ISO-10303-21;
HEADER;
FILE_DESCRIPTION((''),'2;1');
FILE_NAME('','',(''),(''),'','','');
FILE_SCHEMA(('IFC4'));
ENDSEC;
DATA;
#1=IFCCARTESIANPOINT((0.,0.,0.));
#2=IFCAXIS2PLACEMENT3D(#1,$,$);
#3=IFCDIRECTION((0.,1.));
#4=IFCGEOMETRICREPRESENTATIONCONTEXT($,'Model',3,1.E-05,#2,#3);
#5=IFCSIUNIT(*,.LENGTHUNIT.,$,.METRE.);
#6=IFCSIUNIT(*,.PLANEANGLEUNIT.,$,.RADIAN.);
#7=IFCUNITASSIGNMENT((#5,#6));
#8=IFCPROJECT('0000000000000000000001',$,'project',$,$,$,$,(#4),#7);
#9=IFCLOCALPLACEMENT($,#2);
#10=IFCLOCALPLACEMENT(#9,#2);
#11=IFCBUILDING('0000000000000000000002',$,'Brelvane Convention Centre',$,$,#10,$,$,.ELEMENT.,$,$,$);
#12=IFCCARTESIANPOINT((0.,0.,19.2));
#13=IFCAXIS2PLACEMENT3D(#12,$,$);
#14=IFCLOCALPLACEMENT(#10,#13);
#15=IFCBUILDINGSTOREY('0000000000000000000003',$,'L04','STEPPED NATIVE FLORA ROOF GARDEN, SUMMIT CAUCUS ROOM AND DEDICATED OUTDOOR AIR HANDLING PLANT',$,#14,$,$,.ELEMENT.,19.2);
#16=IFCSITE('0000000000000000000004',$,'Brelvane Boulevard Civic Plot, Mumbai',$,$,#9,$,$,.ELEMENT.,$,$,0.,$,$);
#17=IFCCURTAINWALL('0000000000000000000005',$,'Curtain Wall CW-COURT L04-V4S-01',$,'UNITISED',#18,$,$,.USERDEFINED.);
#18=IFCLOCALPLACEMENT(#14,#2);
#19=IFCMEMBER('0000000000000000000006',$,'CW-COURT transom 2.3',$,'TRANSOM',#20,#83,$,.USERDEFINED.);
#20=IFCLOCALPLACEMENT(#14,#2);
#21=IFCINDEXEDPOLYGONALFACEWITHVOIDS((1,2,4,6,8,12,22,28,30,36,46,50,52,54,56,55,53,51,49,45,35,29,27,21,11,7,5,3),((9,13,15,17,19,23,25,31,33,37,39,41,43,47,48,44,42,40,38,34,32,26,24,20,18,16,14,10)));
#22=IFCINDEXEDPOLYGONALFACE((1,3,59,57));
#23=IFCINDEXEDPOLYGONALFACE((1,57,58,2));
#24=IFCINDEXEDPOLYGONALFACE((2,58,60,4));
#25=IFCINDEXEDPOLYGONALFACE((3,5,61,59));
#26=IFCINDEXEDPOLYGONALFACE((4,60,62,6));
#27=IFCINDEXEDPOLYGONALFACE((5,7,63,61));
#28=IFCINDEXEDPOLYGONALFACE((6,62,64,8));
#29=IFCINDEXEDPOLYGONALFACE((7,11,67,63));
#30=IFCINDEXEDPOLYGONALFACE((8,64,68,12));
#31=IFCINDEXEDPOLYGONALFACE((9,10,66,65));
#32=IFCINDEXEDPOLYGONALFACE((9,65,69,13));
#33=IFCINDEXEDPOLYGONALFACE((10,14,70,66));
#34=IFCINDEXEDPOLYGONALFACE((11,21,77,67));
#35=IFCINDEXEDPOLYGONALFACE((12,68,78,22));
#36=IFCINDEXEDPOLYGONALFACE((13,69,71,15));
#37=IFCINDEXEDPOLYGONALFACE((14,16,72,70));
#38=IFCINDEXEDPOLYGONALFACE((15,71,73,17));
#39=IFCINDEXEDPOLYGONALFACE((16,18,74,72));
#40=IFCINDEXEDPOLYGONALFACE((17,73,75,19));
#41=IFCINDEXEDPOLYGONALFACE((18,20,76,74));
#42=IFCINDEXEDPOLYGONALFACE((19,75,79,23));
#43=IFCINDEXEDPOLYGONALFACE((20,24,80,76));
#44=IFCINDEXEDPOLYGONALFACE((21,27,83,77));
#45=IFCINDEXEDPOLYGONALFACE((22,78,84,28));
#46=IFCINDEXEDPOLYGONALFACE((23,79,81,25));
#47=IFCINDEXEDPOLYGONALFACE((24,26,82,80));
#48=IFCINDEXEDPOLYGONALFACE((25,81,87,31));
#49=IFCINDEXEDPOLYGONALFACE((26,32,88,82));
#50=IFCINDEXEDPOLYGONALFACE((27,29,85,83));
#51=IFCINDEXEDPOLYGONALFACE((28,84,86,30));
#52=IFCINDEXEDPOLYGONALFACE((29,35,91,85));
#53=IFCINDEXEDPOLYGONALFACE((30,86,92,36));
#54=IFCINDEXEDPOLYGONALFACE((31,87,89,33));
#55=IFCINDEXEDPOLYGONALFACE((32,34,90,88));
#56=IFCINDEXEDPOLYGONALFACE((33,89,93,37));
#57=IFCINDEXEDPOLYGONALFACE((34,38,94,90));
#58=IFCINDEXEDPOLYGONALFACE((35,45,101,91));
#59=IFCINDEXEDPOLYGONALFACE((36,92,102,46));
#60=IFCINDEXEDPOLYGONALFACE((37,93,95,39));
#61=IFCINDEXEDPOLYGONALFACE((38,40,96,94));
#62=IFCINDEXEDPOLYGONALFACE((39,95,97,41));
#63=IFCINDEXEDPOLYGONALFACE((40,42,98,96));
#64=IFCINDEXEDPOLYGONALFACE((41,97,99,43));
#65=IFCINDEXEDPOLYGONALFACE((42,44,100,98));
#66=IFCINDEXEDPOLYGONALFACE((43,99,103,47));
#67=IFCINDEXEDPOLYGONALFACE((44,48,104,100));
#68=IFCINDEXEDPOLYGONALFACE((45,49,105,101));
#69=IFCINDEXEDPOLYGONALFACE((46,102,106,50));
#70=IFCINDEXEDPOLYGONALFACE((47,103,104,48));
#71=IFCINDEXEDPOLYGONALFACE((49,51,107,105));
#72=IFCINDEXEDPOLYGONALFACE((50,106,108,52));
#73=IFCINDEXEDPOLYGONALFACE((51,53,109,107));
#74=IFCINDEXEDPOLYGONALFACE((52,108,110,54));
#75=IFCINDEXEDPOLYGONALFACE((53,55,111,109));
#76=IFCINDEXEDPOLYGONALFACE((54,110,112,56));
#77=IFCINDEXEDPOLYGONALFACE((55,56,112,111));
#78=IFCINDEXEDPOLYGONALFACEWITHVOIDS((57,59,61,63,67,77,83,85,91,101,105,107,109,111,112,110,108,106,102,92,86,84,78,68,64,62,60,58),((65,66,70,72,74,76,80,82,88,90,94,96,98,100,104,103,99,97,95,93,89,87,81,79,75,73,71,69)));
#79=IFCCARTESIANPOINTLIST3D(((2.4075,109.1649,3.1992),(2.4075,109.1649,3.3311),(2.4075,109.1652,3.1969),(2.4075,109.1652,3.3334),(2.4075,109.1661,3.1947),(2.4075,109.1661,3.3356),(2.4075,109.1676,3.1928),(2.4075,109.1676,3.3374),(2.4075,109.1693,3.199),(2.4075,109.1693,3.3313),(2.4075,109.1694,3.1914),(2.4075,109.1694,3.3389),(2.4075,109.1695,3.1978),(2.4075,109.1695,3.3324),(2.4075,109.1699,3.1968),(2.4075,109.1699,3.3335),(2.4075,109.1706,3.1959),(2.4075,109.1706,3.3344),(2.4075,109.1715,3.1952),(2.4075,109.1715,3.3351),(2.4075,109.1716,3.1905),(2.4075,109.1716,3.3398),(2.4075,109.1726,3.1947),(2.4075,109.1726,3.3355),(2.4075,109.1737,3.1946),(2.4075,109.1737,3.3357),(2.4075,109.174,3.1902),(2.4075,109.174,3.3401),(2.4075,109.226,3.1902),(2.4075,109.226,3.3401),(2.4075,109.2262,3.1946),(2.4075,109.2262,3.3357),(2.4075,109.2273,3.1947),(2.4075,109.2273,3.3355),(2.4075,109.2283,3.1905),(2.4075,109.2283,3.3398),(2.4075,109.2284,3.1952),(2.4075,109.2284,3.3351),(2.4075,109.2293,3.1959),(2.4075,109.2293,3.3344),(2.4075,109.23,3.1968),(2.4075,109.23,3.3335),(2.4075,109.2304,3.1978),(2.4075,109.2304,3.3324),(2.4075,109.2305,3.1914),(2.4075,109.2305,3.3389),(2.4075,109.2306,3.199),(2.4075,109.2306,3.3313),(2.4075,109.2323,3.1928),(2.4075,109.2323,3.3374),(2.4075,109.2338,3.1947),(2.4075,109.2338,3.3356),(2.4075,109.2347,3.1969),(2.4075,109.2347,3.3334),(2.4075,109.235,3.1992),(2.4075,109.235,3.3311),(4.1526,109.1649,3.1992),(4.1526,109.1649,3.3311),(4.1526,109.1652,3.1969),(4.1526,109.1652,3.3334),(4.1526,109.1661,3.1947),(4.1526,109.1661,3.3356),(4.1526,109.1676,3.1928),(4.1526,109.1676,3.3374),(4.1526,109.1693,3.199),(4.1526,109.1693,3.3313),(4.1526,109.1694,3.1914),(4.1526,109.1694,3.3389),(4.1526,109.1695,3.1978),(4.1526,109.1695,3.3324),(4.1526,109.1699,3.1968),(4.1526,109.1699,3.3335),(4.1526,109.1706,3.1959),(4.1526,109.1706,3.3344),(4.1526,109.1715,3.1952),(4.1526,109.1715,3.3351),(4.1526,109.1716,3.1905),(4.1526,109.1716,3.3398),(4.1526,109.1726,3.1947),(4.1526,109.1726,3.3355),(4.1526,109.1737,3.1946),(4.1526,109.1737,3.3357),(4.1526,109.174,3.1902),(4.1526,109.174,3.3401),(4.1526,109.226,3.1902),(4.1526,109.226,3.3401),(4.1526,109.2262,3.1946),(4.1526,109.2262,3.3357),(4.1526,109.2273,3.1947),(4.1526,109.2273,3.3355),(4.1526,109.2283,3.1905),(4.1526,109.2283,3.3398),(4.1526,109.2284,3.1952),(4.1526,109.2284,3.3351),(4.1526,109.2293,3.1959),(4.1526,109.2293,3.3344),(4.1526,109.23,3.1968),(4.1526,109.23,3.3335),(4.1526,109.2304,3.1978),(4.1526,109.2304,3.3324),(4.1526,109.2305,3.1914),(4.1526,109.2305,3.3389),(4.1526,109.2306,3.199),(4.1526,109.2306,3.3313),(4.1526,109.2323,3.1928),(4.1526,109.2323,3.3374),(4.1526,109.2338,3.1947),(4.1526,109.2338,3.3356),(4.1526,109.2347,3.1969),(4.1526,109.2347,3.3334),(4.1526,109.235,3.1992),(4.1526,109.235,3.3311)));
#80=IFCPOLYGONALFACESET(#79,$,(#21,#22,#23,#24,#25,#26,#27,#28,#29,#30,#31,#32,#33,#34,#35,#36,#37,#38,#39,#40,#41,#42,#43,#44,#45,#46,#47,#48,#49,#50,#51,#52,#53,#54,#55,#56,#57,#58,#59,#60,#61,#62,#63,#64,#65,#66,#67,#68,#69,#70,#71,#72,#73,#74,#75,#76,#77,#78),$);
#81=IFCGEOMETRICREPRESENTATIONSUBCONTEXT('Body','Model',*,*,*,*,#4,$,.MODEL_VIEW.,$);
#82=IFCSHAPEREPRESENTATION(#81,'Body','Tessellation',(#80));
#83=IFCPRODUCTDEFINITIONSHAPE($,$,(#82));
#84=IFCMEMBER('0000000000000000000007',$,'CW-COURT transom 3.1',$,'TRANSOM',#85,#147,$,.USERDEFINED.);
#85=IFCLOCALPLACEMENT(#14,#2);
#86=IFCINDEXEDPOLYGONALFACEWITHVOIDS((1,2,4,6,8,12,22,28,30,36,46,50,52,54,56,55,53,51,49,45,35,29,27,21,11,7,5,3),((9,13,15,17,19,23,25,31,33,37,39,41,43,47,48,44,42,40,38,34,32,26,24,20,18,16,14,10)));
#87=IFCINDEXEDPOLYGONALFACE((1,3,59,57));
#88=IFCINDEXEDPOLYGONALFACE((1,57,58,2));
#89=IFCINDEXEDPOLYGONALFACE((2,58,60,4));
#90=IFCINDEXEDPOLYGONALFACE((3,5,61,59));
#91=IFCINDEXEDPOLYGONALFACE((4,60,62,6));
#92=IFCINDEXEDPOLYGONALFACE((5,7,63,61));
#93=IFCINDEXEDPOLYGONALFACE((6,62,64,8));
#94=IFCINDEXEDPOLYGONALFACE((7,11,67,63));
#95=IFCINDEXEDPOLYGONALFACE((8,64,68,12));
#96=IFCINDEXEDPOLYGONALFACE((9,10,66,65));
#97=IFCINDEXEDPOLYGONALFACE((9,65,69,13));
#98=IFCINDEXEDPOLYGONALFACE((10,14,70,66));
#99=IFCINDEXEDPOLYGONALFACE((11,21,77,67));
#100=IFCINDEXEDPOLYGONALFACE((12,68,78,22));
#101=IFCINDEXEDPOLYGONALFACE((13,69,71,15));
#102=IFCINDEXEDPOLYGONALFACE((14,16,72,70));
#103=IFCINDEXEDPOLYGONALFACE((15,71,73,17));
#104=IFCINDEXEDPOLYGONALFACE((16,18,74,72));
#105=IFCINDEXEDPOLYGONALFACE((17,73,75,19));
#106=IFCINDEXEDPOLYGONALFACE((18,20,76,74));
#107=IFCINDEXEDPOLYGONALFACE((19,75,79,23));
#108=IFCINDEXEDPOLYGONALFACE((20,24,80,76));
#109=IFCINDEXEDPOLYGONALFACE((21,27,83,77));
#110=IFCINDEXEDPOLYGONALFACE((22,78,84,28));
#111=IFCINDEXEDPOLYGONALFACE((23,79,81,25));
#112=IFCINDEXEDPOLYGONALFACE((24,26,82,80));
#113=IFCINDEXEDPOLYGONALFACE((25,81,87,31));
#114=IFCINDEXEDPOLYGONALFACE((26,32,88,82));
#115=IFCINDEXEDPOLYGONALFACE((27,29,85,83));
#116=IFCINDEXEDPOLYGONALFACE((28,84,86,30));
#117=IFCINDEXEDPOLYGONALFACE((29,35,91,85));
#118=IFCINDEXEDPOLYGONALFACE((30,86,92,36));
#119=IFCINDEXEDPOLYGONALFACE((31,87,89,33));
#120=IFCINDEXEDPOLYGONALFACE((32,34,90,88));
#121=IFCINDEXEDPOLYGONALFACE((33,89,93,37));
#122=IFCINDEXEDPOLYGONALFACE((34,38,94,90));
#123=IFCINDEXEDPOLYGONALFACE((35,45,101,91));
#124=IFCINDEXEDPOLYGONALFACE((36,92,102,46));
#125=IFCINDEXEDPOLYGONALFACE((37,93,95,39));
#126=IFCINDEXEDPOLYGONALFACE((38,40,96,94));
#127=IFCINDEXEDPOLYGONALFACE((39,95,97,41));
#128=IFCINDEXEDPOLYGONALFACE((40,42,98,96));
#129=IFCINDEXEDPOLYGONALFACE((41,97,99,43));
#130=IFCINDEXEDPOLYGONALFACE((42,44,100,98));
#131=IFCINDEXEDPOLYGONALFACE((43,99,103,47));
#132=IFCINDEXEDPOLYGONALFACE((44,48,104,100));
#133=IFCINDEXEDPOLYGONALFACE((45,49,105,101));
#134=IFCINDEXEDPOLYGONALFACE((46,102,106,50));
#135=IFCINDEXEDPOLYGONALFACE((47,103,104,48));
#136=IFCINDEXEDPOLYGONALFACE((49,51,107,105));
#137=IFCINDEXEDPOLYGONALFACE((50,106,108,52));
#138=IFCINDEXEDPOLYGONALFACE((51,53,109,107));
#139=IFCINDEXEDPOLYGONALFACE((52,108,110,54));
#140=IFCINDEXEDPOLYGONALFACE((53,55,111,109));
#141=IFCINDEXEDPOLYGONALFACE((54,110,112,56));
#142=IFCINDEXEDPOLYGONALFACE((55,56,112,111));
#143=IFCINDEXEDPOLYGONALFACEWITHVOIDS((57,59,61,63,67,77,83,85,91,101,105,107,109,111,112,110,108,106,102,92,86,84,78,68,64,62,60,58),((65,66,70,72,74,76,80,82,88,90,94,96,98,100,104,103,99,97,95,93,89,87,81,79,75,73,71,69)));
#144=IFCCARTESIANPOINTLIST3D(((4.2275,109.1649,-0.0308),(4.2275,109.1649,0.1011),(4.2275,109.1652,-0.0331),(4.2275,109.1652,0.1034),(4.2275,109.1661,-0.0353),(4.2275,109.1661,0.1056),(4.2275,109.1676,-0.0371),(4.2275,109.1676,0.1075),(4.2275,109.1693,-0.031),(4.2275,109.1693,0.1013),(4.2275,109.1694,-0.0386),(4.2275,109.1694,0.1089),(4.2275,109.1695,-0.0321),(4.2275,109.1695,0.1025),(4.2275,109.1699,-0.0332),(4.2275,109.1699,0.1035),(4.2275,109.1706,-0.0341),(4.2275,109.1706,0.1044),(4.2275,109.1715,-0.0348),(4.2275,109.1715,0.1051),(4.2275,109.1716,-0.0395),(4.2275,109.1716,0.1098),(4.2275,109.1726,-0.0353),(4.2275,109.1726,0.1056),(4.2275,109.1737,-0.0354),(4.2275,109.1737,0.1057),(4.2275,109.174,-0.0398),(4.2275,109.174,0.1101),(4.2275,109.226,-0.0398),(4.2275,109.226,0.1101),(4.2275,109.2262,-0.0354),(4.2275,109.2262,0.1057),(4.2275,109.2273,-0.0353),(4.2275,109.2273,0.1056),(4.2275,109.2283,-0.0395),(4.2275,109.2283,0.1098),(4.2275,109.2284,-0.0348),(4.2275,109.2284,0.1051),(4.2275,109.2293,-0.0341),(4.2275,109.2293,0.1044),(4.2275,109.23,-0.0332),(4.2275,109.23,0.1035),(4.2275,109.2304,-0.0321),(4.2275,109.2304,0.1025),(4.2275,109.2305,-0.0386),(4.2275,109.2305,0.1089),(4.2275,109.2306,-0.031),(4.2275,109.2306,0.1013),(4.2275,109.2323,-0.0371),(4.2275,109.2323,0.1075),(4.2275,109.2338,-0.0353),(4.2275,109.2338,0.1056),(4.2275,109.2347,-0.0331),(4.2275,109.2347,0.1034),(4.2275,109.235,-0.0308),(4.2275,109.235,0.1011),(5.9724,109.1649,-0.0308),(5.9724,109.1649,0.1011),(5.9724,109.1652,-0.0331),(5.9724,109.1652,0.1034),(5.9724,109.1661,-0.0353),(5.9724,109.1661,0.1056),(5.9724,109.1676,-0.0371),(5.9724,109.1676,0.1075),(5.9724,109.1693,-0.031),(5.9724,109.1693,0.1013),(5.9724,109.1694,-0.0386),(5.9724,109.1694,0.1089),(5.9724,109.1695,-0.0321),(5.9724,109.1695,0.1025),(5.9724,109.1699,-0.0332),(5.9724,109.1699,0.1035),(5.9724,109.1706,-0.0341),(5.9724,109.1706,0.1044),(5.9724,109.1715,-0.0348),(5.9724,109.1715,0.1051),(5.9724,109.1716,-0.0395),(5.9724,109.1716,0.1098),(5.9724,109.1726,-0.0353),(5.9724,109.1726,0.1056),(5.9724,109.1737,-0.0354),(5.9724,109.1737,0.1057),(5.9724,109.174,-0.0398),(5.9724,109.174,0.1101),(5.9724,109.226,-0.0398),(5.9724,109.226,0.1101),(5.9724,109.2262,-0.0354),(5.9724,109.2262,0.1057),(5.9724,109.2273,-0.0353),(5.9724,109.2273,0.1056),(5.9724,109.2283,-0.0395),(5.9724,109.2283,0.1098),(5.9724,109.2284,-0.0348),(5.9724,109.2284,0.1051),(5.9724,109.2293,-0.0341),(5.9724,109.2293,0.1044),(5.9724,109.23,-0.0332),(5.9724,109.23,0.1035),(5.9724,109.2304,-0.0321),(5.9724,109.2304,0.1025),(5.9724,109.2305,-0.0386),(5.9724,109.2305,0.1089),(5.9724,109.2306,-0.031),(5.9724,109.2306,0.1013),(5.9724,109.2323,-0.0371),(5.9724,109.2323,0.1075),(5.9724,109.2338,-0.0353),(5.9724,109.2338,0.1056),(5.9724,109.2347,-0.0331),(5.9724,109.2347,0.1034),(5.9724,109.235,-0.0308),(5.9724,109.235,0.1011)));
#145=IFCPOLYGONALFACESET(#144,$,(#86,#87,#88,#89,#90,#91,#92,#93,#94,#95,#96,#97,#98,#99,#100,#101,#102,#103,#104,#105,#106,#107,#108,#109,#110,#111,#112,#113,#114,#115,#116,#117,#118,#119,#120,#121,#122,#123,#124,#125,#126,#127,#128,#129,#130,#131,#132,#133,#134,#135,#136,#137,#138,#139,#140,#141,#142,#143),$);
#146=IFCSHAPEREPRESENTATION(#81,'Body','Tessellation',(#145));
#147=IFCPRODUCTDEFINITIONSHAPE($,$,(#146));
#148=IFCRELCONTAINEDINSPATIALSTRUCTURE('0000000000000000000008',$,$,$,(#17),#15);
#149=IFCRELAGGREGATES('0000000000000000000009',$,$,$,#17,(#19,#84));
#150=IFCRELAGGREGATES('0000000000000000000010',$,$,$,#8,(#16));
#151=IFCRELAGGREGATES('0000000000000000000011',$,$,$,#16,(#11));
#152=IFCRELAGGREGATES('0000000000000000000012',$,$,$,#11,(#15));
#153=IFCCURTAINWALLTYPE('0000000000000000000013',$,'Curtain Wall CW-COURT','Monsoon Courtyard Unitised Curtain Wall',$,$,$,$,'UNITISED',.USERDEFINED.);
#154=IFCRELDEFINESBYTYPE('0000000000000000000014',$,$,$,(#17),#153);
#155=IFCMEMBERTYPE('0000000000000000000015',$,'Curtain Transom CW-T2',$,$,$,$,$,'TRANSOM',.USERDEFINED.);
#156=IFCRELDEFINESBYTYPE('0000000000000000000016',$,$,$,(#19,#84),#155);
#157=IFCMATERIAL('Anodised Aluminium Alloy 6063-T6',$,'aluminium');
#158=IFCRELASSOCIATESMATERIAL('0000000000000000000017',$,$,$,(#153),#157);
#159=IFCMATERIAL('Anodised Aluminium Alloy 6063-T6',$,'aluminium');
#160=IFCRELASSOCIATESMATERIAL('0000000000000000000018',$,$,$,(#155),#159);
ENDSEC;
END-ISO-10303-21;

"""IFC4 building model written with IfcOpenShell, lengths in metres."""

from ifc_helpers import new_model, si_unit, direction, frame, origin, origin_2d, place, context, subcontext, project, spatial, hollow_rectangle, extrude, material, material_profile, profile_set, type_object, element, aggregate, save


model = new_model("IFC4")

# Units and contexts
model_context = context("Model", 3, precision=1e-05, world=origin(), true_north=direction((0.0, 1.0)))
body_context = subcontext(model_context, "Body", "Model", "MODEL_VIEW")
ifc_project = project(units=[si_unit("LENGTHUNIT", "METRE"), si_unit("PLANEANGLEUNIT", "RADIAN")], contexts=[model_context])

# Site, building, storey
site_placement = place(None, origin())
site = spatial("IfcSite", under=ifc_project, at=site_placement, Name="Brelvane Boulevard Civic Plot, Mumbai", CompositionType="ELEMENT", RefElevation=0.0)
building_placement = place(site_placement, origin())
building = spatial("IfcBuilding", under=site, at=building_placement, Name="Brelvane Convention Centre", CompositionType="ELEMENT")
storey_placement = place(building_placement, frame((0.0, 0.0, 19.2)))
storey = spatial("IfcBuildingStorey", under=building, at=storey_placement, Name="L04", Description="STEPPED NATIVE FLORA ROOF GARDEN, SUMMIT CAUCUS ROOM AND DEDICATED OUTDOOR AIR HANDLING PLANT", CompositionType="ELEMENT", Elevation=19.2)

# Curtain wall, members
ifc_material_1 = material(Name="Anodised Aluminium Alloy 6063-T6", Category="aluminium")
curtain_wall_type = type_object("IfcCurtainWallType", Name="Curtain Wall CW-COURT", Description="Monsoon Courtyard Unitised Curtain Wall", ElementType="UNITISED", PredefinedType="USERDEFINED", material=ifc_material_1)
curtain_wall_placement = place(storey_placement, origin())
curtain_wall = element("IfcCurtainWall", 1, at=curtain_wall_placement, inside=storey, type_object=curtain_wall_type, Name="Curtain Wall CW-COURT L04-V4S-01", ObjectType="UNITISED", PredefinedType="USERDEFINED")
ifc_material_2 = material(Name="Anodised Aluminium Alloy 6063-T6", Category="aluminium")
ifc_material_profile_1 = material_profile(ifc_material_2, hollow_rectangle(XDim=0.0701, YDim=0.1499, WallThickness=0.0044, InnerFilletRadius=0.0044, OuterFilletRadius=0.009, at=origin_2d()), Name="ALU-T 150x70x4.5")
ifc_profile_set_1 = profile_set([ifc_material_profile_1], Name="Anodised Aluminium Alloy 6063-T6")
member_type_1 = type_object("IfcMemberType", Name="Curtain Transom CW-T2", ElementType="TRANSOM", PredefinedType="USERDEFINED", material=ifc_profile_set_1)
member_1_placement = place(storey_placement, frame((2.4075, 109.2, 3.2651), z_axis=(1.0, 0.0, 0.0), x_axis=(0.0, 1.0, 0.0)))
member_1 = element("IfcMember", 2, at=member_1_placement, type_object=member_type_1, Name="CW-COURT transom 2.3", ObjectType="TRANSOM", PredefinedType="USERDEFINED", context=body_context, shape_type="SweptSolid", body=[
    extrude(hollow_rectangle(XDim=0.0701, YDim=0.1499, WallThickness=0.0044, InnerFilletRadius=0.0044, OuterFilletRadius=0.009, at=origin_2d()), origin(), (0.0, 0.0, 1.0), 1.7451),
])
member_2_placement = place(storey_placement, frame((4.2275, 109.2, 0.0352), z_axis=(1.0, 0.0, 0.0), x_axis=(0.0, 1.0, 0.0)))
member_2 = element("IfcMember", 3, at=member_2_placement, type_object=member_type_1, Name="CW-COURT transom 3.1", ObjectType="TRANSOM", PredefinedType="USERDEFINED", context=body_context, shape_type="SweptSolid", body=[
    extrude(hollow_rectangle(XDim=0.0701, YDim=0.1499, WallThickness=0.0044, InnerFilletRadius=0.0044, OuterFilletRadius=0.009, at=origin_2d()), origin(), (0.0, 0.0, 1.0), 1.7449),
])
aggregate(curtain_wall, [member_1, member_2])

save(model, "model.ifc")
